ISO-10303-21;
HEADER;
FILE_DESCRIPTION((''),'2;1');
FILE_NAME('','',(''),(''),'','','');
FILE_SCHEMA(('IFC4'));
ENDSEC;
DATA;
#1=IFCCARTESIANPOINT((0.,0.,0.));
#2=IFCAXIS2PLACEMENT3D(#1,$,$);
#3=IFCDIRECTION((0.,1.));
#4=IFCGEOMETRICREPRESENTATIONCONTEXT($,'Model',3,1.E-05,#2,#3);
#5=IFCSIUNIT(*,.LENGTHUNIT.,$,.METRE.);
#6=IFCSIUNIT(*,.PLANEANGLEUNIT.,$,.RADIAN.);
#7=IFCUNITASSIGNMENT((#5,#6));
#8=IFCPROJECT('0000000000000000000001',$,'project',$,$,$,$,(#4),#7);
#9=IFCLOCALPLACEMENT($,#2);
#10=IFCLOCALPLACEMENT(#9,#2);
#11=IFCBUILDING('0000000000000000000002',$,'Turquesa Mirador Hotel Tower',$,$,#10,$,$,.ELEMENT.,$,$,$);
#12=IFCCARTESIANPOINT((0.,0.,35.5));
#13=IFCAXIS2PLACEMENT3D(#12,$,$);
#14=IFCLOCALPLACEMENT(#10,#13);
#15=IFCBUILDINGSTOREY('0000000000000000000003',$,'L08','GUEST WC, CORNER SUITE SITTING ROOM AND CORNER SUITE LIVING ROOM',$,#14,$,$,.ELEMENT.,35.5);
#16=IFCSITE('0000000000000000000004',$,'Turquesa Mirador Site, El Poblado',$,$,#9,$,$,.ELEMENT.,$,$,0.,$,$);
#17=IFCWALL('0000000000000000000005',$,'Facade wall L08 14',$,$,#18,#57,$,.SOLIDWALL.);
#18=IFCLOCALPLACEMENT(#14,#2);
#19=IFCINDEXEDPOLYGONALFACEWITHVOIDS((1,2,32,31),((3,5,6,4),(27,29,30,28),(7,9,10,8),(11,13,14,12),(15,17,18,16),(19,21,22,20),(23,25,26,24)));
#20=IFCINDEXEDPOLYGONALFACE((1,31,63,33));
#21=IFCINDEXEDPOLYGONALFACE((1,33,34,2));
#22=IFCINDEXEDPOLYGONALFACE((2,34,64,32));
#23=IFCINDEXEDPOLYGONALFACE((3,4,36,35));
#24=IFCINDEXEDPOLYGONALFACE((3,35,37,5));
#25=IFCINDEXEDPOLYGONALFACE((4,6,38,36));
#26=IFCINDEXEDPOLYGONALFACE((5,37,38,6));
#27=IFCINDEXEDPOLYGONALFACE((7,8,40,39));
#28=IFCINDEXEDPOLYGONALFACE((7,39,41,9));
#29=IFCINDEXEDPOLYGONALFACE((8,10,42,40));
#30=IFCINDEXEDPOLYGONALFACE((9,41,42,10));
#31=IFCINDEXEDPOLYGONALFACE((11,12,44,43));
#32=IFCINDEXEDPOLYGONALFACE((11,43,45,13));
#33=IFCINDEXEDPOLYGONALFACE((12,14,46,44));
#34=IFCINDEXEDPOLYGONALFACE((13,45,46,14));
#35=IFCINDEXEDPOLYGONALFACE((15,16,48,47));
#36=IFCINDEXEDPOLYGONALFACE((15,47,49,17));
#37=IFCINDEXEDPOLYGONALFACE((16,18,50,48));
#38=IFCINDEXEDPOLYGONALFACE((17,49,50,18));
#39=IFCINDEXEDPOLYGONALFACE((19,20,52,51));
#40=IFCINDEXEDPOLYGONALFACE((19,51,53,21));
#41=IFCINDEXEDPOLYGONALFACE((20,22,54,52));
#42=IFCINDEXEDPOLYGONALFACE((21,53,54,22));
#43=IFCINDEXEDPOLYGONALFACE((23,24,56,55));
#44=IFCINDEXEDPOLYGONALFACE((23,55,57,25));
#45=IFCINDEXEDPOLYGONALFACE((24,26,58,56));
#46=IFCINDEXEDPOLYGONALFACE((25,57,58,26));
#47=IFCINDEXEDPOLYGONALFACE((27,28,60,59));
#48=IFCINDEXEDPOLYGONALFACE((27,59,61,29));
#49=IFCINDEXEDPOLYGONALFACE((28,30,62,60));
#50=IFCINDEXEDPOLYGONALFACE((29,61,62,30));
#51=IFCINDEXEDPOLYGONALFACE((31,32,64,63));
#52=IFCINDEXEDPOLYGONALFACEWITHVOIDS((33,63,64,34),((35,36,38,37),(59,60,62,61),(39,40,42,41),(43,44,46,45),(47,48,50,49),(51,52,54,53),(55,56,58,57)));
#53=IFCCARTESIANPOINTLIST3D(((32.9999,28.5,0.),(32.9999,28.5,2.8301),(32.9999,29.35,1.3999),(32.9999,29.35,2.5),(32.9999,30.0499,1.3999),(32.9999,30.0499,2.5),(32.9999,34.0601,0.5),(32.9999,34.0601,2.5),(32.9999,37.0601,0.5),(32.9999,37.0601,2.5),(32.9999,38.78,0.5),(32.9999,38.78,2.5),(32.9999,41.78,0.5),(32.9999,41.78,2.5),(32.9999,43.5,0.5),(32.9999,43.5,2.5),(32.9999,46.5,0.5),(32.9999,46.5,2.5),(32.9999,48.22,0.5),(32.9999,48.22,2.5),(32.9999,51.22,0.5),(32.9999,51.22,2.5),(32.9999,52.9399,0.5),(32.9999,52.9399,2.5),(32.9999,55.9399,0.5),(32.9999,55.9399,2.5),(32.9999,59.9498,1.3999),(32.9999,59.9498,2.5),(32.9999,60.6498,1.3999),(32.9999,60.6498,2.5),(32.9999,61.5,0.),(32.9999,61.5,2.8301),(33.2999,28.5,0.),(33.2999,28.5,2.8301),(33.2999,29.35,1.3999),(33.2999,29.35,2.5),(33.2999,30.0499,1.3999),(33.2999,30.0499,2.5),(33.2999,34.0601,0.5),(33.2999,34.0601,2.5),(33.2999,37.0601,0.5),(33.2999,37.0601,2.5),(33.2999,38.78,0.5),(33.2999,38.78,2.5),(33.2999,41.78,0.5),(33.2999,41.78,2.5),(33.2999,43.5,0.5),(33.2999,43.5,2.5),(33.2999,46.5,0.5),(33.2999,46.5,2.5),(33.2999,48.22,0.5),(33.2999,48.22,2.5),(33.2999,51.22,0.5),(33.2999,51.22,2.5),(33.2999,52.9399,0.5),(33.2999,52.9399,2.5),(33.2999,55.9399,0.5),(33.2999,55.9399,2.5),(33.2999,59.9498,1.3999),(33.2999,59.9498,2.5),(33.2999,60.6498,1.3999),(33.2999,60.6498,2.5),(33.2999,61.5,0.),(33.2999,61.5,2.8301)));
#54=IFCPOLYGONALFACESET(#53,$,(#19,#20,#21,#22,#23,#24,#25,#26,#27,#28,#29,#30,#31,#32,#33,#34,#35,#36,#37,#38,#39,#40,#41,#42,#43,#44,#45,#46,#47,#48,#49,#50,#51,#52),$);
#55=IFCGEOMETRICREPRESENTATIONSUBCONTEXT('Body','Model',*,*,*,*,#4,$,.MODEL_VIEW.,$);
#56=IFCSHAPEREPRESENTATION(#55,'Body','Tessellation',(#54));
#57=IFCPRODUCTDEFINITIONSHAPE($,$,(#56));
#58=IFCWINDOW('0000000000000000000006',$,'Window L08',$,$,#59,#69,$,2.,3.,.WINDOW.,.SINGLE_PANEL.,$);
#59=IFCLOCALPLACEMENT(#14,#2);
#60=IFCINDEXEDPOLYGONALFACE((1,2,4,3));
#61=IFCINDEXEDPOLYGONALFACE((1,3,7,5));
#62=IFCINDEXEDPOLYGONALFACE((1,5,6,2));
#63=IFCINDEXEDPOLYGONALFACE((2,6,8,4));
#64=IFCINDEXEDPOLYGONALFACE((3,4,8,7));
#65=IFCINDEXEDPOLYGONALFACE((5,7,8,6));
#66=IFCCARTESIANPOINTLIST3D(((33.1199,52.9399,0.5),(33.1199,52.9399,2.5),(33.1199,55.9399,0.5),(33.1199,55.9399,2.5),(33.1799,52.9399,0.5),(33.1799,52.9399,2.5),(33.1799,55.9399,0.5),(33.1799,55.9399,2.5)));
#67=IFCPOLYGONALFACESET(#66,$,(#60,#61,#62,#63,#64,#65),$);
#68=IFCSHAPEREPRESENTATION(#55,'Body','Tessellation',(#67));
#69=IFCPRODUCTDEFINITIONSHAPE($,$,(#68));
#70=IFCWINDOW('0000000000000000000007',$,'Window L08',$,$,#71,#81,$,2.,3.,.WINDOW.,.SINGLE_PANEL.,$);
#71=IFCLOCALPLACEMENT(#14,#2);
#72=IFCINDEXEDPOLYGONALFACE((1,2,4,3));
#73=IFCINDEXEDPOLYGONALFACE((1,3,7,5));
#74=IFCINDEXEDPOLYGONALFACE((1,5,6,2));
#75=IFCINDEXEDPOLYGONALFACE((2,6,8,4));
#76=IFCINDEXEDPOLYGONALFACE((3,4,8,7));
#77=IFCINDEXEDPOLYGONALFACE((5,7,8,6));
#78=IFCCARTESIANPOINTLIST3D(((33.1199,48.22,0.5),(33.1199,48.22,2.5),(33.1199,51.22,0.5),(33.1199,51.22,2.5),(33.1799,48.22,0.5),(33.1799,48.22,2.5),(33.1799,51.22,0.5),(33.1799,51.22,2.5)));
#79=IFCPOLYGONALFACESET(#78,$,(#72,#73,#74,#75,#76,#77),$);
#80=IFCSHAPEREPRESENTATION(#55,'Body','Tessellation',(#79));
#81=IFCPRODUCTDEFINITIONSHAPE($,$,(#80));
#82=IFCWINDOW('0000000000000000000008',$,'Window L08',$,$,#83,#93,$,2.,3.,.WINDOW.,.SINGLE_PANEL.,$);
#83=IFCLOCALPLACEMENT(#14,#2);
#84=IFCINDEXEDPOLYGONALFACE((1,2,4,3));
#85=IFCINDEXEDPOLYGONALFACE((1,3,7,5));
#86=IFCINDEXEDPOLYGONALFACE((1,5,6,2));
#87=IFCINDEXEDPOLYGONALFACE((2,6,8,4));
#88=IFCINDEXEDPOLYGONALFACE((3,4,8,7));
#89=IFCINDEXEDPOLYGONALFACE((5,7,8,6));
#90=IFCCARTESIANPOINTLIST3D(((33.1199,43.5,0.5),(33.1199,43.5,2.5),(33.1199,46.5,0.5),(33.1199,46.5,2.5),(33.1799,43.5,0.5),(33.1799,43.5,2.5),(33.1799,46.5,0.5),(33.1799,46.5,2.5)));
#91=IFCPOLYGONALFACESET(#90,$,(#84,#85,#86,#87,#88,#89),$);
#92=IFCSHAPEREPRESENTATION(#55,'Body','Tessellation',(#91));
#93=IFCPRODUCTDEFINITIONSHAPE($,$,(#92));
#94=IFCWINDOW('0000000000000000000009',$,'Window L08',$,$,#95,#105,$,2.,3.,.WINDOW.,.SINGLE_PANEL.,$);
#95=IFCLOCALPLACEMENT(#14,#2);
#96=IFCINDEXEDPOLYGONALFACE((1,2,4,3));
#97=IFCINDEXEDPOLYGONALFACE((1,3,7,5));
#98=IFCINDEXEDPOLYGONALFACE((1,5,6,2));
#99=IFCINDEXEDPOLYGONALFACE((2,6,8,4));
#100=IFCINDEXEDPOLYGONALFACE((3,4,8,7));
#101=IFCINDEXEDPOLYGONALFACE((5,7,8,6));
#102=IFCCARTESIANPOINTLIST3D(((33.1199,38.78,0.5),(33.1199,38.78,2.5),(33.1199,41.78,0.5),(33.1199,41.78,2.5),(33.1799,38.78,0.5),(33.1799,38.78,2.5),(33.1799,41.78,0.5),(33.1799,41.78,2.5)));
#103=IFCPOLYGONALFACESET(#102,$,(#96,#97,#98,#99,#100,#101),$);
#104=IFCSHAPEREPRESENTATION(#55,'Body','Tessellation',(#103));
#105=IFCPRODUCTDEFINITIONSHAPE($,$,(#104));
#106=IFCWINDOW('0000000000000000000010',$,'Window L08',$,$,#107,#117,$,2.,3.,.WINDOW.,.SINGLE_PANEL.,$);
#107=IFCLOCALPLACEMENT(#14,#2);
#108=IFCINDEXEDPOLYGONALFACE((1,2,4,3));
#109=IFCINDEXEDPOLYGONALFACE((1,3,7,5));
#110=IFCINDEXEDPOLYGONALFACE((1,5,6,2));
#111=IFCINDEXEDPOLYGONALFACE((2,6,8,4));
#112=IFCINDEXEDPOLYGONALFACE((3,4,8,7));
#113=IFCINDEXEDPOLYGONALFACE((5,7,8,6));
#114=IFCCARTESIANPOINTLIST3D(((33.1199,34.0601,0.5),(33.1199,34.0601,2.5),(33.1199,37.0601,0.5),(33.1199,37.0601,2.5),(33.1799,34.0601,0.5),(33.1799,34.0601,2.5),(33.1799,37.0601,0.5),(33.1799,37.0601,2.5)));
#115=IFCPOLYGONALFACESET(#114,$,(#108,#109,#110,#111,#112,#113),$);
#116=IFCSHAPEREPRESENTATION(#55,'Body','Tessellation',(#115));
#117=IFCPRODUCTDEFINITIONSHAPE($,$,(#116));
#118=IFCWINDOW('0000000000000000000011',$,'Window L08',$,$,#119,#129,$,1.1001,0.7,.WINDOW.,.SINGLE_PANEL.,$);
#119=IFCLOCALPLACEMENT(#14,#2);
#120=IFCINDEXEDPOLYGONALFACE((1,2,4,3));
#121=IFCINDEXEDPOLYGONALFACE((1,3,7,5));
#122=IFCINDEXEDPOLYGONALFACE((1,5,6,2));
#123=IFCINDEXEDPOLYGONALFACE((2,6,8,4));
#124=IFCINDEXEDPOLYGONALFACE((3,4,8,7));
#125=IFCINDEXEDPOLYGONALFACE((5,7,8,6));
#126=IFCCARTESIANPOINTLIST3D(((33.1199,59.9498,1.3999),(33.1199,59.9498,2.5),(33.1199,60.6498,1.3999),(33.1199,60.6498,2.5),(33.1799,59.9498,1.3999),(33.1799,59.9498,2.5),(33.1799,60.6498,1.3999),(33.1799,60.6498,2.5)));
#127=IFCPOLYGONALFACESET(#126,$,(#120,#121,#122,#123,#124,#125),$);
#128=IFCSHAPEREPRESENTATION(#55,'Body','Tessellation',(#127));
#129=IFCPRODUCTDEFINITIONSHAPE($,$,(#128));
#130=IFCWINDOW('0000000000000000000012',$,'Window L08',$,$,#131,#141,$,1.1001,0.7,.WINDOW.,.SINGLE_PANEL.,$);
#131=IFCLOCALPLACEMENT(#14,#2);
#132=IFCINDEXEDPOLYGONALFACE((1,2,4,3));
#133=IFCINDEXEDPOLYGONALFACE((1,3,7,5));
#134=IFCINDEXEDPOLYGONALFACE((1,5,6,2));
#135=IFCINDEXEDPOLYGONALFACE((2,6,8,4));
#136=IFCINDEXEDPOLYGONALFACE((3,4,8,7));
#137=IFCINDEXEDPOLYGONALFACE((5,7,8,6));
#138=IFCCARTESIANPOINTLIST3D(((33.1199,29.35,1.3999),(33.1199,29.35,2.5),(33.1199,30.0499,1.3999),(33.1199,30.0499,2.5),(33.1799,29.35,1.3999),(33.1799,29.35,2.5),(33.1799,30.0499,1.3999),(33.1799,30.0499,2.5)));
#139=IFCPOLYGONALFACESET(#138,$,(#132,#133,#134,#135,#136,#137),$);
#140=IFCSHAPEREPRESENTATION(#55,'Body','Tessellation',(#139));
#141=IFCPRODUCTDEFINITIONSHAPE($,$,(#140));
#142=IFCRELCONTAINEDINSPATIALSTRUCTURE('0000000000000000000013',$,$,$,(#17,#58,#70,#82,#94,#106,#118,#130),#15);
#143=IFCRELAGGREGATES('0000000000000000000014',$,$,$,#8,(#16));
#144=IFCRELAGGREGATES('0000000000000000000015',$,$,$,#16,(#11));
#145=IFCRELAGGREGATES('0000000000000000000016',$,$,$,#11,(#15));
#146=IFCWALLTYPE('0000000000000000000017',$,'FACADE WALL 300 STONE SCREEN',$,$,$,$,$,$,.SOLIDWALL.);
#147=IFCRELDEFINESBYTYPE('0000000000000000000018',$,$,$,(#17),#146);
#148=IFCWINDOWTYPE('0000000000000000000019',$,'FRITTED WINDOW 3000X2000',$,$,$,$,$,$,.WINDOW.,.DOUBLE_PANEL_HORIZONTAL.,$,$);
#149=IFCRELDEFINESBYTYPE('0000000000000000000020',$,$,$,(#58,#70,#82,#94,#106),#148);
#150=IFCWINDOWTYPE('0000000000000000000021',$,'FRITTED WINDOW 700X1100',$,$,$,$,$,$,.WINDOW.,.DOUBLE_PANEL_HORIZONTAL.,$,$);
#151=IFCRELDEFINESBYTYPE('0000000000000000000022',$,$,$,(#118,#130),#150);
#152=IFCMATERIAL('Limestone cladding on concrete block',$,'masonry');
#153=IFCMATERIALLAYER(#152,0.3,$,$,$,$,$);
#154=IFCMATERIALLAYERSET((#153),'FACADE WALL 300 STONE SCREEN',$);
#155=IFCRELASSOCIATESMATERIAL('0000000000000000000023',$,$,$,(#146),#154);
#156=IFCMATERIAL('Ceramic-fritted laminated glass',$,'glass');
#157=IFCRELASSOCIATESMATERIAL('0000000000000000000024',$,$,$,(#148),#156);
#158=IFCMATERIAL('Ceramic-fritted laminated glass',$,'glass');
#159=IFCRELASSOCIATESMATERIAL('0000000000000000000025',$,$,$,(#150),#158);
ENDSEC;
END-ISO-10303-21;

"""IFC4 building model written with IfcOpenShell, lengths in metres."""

from ifc_helpers import new_model, si_unit, direction, frame, frame_2d, origin, place, context, subcontext, project, spatial, rectangle, extrude, material, layer, layer_set, type_object, element, fill, save


model = new_model("IFC4")

# Units and contexts
model_context = context("Model", 3, precision=1e-05, world=origin(), true_north=direction((0.0, 1.0)))
body_context = subcontext(model_context, "Body", "Model", "MODEL_VIEW")
ifc_project = project(units=[si_unit("LENGTHUNIT", "METRE"), si_unit("PLANEANGLEUNIT", "RADIAN")], contexts=[model_context])

# Site, building, storey
site_placement = place(None, origin())
site = spatial("IfcSite", under=ifc_project, at=site_placement, Name="Turquesa Mirador Site, El Poblado", CompositionType="ELEMENT", RefElevation=0.0)
building_placement = place(site_placement, origin())
building = spatial("IfcBuilding", under=site, at=building_placement, Name="Turquesa Mirador Hotel Tower", CompositionType="ELEMENT")
storey_placement = place(building_placement, frame((0.0, 0.0, 35.5)))
storey = spatial("IfcBuildingStorey", under=building, at=storey_placement, Name="L08", Description="GUEST WC, CORNER SUITE SITTING ROOM AND CORNER SUITE LIVING ROOM", CompositionType="ELEMENT", Elevation=35.5)

# Shared definitions
ifc_material_1 = material(Name="Limestone cladding on concrete block", Category="masonry")
ifc_layer = layer(ifc_material_1, 0.3)
ifc_layer_set = layer_set([ifc_layer], Name="FACADE WALL 300 STONE SCREEN")
wall_type = type_object("IfcWallType", Name="FACADE WALL 300 STONE SCREEN", PredefinedType="SOLIDWALL", material=ifc_layer_set)

# Wall, openings, windows
wall_1_placement = place(storey_placement, frame((33.1499, 61.5, 0.0), z_axis=(0.0, 0.0, 1.0), x_axis=(0.0, -1.0, 0.0)))
wall_1 = element("IfcWall", 1, at=wall_1_placement, inside=storey, type_object=wall_type, Name="Facade wall L08 14", PredefinedType="SOLIDWALL", context=body_context, shape_type="SweptSolid", body=[
    extrude(rectangle(XDim=33.0, YDim=0.3, at=frame_2d((16.5, 0.0))), origin(), (0.0, 0.0, 1.0), 2.8301),
])
opening_1_placement = place(wall_1_placement, frame((0.8501, 0.0, 1.3999)))
opening_1 = element("IfcOpeningElement", 2, at=opening_1_placement, cuts=wall_1, PredefinedType="OPENING", context=body_context, shape_type="SweptSolid", body=[
    extrude(rectangle(XDim=0.7, YDim=1.1001, at=frame_2d((0.3501, 0.55))), frame((0.0, 0.1599, 0.0), z_axis=(0.0, -1.0, 0.0), x_axis=(1.0, 0.0, 0.0)), (0.0, 0.0, 1.0), 0.3201),
])
opening_2_placement = place(wall_1_placement, frame((5.5601, 0.0, 0.5)))
opening_2 = element("IfcOpeningElement", 3, at=opening_2_placement, cuts=wall_1, PredefinedType="OPENING", context=body_context, shape_type="SweptSolid", body=[
    extrude(rectangle(XDim=3.0, YDim=2.0, at=frame_2d((1.5, 1.0))), frame((0.0, 0.1599, 0.0), z_axis=(0.0, -1.0, 0.0), x_axis=(1.0, 0.0, 0.0)), (0.0, 0.0, 1.0), 0.3201),
])
opening_3_placement = place(wall_1_placement, frame((10.28, 0.0, 0.5)))
opening_3 = element("IfcOpeningElement", 4, at=opening_3_placement, cuts=wall_1, PredefinedType="OPENING", context=body_context, shape_type="SweptSolid", body=[
    extrude(rectangle(XDim=3.0, YDim=2.0, at=frame_2d((1.5, 1.0))), frame((0.0, 0.1599, 0.0), z_axis=(0.0, -1.0, 0.0), x_axis=(1.0, 0.0, 0.0)), (0.0, 0.0, 1.0), 0.3201),
])
opening_4_placement = place(wall_1_placement, frame((15.0, 0.0, 0.5)))
opening_4 = element("IfcOpeningElement", 5, at=opening_4_placement, cuts=wall_1, PredefinedType="OPENING", context=body_context, shape_type="SweptSolid", body=[
    extrude(rectangle(XDim=3.0, YDim=2.0, at=frame_2d((1.5, 1.0))), frame((0.0, 0.1599, 0.0), z_axis=(0.0, -1.0, 0.0), x_axis=(1.0, 0.0, 0.0)), (0.0, 0.0, 1.0), 0.3201),
])
opening_5_placement = place(wall_1_placement, frame((19.72, 0.0, 0.5)))
opening_5 = element("IfcOpeningElement", 6, at=opening_5_placement, cuts=wall_1, PredefinedType="OPENING", context=body_context, shape_type="SweptSolid", body=[
    extrude(rectangle(XDim=3.0, YDim=2.0, at=frame_2d((1.5, 1.0))), frame((0.0, 0.1599, 0.0), z_axis=(0.0, -1.0, 0.0), x_axis=(1.0, 0.0, 0.0)), (0.0, 0.0, 1.0), 0.3201),
])
opening_6_placement = place(wall_1_placement, frame((24.4399, 0.0, 0.5)))
opening_6 = element("IfcOpeningElement", 7, at=opening_6_placement, cuts=wall_1, PredefinedType="OPENING", context=body_context, shape_type="SweptSolid", body=[
    extrude(rectangle(XDim=3.0, YDim=2.0, at=frame_2d((1.5, 1.0))), frame((0.0, 0.1599, 0.0), z_axis=(0.0, -1.0, 0.0), x_axis=(1.0, 0.0, 0.0)), (0.0, 0.0, 1.0), 0.3201),
])
opening_7_placement = place(wall_1_placement, frame((31.45, 0.0, 1.3999)))
opening_7 = element("IfcOpeningElement", 8, at=opening_7_placement, cuts=wall_1, PredefinedType="OPENING", context=body_context, shape_type="SweptSolid", body=[
    extrude(rectangle(XDim=0.7, YDim=1.1001, at=frame_2d((0.3501, 0.55))), frame((0.0, 0.1599, 0.0), z_axis=(0.0, -1.0, 0.0), x_axis=(1.0, 0.0, 0.0)), (0.0, 0.0, 1.0), 0.3201),
])
ifc_material_2 = material(Name="Ceramic-fritted laminated glass", Category="glass")
window_type_1 = type_object("IfcWindowType", Name="FRITTED WINDOW 3000X2000", PartitioningType="DOUBLE_PANEL_HORIZONTAL", PredefinedType="WINDOW", material=ifc_material_2)
window_1_placement = place(opening_2_placement, origin())
window_1 = element("IfcWindow", 9, at=window_1_placement, inside=storey, type_object=window_type_1, Name="Window L08", OverallHeight=2.0, OverallWidth=3.0, PartitioningType="SINGLE_PANEL", PredefinedType="WINDOW", context=body_context, shape_type="SweptSolid", body=[
    extrude(rectangle(XDim=3.0, YDim=2.0, at=frame_2d((1.5, 1.0))), frame((0.0, 0.03, 0.0), z_axis=(0.0, -1.0, 0.0), x_axis=(1.0, 0.0, 0.0)), (0.0, 0.0, 1.0), 0.0601),
])
fill(opening_2, window_1)
window_2_placement = place(opening_3_placement, origin())
window_2 = element("IfcWindow", 10, at=window_2_placement, inside=storey, type_object=window_type_1, Name="Window L08", OverallHeight=2.0, OverallWidth=3.0, PartitioningType="SINGLE_PANEL", PredefinedType="WINDOW", context=body_context, shape_type="SweptSolid", body=[
    extrude(rectangle(XDim=3.0, YDim=2.0, at=frame_2d((1.5, 1.0))), frame((0.0, 0.03, 0.0), z_axis=(0.0, -1.0, 0.0), x_axis=(1.0, 0.0, 0.0)), (0.0, 0.0, 1.0), 0.0601),
])
fill(opening_3, window_2)
window_3_placement = place(opening_4_placement, origin())
window_3 = element("IfcWindow", 11, at=window_3_placement, inside=storey, type_object=window_type_1, Name="Window L08", OverallHeight=2.0, OverallWidth=3.0, PartitioningType="SINGLE_PANEL", PredefinedType="WINDOW", context=body_context, shape_type="SweptSolid", body=[
    extrude(rectangle(XDim=3.0, YDim=2.0, at=frame_2d((1.5, 1.0))), frame((0.0, 0.03, 0.0), z_axis=(0.0, -1.0, 0.0), x_axis=(1.0, 0.0, 0.0)), (0.0, 0.0, 1.0), 0.0601),
])
fill(opening_4, window_3)
window_4_placement = place(opening_5_placement, origin())
window_4 = element("IfcWindow", 12, at=window_4_placement, inside=storey, type_object=window_type_1, Name="Window L08", OverallHeight=2.0, OverallWidth=3.0, PartitioningType="SINGLE_PANEL", PredefinedType="WINDOW", context=body_context, shape_type="SweptSolid", body=[
    extrude(rectangle(XDim=3.0, YDim=2.0, at=frame_2d((1.5, 1.0))), frame((0.0, 0.03, 0.0), z_axis=(0.0, -1.0, 0.0), x_axis=(1.0, 0.0, 0.0)), (0.0, 0.0, 1.0), 0.0601),
])
fill(opening_5, window_4)
window_5_placement = place(opening_6_placement, origin())
window_5 = element("IfcWindow", 13, at=window_5_placement, inside=storey, type_object=window_type_1, Name="Window L08", OverallHeight=2.0, OverallWidth=3.0, PartitioningType="SINGLE_PANEL", PredefinedType="WINDOW", context=body_context, shape_type="SweptSolid", body=[
    extrude(rectangle(XDim=3.0, YDim=2.0, at=frame_2d((1.5, 1.0))), frame((0.0, 0.03, 0.0), z_axis=(0.0, -1.0, 0.0), x_axis=(1.0, 0.0, 0.0)), (0.0, 0.0, 1.0), 0.0601),
])
fill(opening_6, window_5)
ifc_material_3 = material(Name="Ceramic-fritted laminated glass", Category="glass")
window_type_2 = type_object("IfcWindowType", Name="FRITTED WINDOW 700X1100", PartitioningType="DOUBLE_PANEL_HORIZONTAL", PredefinedType="WINDOW", material=ifc_material_3)
window_6_placement = place(opening_1_placement, origin())
window_6 = element("IfcWindow", 14, at=window_6_placement, inside=storey, type_object=window_type_2, Name="Window L08", OverallHeight=1.1001, OverallWidth=0.7, PartitioningType="SINGLE_PANEL", PredefinedType="WINDOW", context=body_context, shape_type="SweptSolid", body=[
    extrude(rectangle(XDim=0.7, YDim=1.1001, at=frame_2d((0.3501, 0.55))), frame((0.0, 0.03, 0.0), z_axis=(0.0, -1.0, 0.0), x_axis=(1.0, 0.0, 0.0)), (0.0, 0.0, 1.0), 0.0601),
])
fill(opening_1, window_6)
window_7_placement = place(opening_7_placement, origin())
window_7 = element("IfcWindow", 15, at=window_7_placement, inside=storey, type_object=window_type_2, Name="Window L08", OverallHeight=1.1001, OverallWidth=0.7, PartitioningType="SINGLE_PANEL", PredefinedType="WINDOW", context=body_context, shape_type="SweptSolid", body=[
    extrude(rectangle(XDim=0.7, YDim=1.1001, at=frame_2d((0.3501, 0.55))), frame((0.0, 0.03, 0.0), z_axis=(0.0, -1.0, 0.0), x_axis=(1.0, 0.0, 0.0)), (0.0, 0.0, 1.0), 0.0601),
])
fill(opening_7, window_7)

save(model, "model.ifc")
